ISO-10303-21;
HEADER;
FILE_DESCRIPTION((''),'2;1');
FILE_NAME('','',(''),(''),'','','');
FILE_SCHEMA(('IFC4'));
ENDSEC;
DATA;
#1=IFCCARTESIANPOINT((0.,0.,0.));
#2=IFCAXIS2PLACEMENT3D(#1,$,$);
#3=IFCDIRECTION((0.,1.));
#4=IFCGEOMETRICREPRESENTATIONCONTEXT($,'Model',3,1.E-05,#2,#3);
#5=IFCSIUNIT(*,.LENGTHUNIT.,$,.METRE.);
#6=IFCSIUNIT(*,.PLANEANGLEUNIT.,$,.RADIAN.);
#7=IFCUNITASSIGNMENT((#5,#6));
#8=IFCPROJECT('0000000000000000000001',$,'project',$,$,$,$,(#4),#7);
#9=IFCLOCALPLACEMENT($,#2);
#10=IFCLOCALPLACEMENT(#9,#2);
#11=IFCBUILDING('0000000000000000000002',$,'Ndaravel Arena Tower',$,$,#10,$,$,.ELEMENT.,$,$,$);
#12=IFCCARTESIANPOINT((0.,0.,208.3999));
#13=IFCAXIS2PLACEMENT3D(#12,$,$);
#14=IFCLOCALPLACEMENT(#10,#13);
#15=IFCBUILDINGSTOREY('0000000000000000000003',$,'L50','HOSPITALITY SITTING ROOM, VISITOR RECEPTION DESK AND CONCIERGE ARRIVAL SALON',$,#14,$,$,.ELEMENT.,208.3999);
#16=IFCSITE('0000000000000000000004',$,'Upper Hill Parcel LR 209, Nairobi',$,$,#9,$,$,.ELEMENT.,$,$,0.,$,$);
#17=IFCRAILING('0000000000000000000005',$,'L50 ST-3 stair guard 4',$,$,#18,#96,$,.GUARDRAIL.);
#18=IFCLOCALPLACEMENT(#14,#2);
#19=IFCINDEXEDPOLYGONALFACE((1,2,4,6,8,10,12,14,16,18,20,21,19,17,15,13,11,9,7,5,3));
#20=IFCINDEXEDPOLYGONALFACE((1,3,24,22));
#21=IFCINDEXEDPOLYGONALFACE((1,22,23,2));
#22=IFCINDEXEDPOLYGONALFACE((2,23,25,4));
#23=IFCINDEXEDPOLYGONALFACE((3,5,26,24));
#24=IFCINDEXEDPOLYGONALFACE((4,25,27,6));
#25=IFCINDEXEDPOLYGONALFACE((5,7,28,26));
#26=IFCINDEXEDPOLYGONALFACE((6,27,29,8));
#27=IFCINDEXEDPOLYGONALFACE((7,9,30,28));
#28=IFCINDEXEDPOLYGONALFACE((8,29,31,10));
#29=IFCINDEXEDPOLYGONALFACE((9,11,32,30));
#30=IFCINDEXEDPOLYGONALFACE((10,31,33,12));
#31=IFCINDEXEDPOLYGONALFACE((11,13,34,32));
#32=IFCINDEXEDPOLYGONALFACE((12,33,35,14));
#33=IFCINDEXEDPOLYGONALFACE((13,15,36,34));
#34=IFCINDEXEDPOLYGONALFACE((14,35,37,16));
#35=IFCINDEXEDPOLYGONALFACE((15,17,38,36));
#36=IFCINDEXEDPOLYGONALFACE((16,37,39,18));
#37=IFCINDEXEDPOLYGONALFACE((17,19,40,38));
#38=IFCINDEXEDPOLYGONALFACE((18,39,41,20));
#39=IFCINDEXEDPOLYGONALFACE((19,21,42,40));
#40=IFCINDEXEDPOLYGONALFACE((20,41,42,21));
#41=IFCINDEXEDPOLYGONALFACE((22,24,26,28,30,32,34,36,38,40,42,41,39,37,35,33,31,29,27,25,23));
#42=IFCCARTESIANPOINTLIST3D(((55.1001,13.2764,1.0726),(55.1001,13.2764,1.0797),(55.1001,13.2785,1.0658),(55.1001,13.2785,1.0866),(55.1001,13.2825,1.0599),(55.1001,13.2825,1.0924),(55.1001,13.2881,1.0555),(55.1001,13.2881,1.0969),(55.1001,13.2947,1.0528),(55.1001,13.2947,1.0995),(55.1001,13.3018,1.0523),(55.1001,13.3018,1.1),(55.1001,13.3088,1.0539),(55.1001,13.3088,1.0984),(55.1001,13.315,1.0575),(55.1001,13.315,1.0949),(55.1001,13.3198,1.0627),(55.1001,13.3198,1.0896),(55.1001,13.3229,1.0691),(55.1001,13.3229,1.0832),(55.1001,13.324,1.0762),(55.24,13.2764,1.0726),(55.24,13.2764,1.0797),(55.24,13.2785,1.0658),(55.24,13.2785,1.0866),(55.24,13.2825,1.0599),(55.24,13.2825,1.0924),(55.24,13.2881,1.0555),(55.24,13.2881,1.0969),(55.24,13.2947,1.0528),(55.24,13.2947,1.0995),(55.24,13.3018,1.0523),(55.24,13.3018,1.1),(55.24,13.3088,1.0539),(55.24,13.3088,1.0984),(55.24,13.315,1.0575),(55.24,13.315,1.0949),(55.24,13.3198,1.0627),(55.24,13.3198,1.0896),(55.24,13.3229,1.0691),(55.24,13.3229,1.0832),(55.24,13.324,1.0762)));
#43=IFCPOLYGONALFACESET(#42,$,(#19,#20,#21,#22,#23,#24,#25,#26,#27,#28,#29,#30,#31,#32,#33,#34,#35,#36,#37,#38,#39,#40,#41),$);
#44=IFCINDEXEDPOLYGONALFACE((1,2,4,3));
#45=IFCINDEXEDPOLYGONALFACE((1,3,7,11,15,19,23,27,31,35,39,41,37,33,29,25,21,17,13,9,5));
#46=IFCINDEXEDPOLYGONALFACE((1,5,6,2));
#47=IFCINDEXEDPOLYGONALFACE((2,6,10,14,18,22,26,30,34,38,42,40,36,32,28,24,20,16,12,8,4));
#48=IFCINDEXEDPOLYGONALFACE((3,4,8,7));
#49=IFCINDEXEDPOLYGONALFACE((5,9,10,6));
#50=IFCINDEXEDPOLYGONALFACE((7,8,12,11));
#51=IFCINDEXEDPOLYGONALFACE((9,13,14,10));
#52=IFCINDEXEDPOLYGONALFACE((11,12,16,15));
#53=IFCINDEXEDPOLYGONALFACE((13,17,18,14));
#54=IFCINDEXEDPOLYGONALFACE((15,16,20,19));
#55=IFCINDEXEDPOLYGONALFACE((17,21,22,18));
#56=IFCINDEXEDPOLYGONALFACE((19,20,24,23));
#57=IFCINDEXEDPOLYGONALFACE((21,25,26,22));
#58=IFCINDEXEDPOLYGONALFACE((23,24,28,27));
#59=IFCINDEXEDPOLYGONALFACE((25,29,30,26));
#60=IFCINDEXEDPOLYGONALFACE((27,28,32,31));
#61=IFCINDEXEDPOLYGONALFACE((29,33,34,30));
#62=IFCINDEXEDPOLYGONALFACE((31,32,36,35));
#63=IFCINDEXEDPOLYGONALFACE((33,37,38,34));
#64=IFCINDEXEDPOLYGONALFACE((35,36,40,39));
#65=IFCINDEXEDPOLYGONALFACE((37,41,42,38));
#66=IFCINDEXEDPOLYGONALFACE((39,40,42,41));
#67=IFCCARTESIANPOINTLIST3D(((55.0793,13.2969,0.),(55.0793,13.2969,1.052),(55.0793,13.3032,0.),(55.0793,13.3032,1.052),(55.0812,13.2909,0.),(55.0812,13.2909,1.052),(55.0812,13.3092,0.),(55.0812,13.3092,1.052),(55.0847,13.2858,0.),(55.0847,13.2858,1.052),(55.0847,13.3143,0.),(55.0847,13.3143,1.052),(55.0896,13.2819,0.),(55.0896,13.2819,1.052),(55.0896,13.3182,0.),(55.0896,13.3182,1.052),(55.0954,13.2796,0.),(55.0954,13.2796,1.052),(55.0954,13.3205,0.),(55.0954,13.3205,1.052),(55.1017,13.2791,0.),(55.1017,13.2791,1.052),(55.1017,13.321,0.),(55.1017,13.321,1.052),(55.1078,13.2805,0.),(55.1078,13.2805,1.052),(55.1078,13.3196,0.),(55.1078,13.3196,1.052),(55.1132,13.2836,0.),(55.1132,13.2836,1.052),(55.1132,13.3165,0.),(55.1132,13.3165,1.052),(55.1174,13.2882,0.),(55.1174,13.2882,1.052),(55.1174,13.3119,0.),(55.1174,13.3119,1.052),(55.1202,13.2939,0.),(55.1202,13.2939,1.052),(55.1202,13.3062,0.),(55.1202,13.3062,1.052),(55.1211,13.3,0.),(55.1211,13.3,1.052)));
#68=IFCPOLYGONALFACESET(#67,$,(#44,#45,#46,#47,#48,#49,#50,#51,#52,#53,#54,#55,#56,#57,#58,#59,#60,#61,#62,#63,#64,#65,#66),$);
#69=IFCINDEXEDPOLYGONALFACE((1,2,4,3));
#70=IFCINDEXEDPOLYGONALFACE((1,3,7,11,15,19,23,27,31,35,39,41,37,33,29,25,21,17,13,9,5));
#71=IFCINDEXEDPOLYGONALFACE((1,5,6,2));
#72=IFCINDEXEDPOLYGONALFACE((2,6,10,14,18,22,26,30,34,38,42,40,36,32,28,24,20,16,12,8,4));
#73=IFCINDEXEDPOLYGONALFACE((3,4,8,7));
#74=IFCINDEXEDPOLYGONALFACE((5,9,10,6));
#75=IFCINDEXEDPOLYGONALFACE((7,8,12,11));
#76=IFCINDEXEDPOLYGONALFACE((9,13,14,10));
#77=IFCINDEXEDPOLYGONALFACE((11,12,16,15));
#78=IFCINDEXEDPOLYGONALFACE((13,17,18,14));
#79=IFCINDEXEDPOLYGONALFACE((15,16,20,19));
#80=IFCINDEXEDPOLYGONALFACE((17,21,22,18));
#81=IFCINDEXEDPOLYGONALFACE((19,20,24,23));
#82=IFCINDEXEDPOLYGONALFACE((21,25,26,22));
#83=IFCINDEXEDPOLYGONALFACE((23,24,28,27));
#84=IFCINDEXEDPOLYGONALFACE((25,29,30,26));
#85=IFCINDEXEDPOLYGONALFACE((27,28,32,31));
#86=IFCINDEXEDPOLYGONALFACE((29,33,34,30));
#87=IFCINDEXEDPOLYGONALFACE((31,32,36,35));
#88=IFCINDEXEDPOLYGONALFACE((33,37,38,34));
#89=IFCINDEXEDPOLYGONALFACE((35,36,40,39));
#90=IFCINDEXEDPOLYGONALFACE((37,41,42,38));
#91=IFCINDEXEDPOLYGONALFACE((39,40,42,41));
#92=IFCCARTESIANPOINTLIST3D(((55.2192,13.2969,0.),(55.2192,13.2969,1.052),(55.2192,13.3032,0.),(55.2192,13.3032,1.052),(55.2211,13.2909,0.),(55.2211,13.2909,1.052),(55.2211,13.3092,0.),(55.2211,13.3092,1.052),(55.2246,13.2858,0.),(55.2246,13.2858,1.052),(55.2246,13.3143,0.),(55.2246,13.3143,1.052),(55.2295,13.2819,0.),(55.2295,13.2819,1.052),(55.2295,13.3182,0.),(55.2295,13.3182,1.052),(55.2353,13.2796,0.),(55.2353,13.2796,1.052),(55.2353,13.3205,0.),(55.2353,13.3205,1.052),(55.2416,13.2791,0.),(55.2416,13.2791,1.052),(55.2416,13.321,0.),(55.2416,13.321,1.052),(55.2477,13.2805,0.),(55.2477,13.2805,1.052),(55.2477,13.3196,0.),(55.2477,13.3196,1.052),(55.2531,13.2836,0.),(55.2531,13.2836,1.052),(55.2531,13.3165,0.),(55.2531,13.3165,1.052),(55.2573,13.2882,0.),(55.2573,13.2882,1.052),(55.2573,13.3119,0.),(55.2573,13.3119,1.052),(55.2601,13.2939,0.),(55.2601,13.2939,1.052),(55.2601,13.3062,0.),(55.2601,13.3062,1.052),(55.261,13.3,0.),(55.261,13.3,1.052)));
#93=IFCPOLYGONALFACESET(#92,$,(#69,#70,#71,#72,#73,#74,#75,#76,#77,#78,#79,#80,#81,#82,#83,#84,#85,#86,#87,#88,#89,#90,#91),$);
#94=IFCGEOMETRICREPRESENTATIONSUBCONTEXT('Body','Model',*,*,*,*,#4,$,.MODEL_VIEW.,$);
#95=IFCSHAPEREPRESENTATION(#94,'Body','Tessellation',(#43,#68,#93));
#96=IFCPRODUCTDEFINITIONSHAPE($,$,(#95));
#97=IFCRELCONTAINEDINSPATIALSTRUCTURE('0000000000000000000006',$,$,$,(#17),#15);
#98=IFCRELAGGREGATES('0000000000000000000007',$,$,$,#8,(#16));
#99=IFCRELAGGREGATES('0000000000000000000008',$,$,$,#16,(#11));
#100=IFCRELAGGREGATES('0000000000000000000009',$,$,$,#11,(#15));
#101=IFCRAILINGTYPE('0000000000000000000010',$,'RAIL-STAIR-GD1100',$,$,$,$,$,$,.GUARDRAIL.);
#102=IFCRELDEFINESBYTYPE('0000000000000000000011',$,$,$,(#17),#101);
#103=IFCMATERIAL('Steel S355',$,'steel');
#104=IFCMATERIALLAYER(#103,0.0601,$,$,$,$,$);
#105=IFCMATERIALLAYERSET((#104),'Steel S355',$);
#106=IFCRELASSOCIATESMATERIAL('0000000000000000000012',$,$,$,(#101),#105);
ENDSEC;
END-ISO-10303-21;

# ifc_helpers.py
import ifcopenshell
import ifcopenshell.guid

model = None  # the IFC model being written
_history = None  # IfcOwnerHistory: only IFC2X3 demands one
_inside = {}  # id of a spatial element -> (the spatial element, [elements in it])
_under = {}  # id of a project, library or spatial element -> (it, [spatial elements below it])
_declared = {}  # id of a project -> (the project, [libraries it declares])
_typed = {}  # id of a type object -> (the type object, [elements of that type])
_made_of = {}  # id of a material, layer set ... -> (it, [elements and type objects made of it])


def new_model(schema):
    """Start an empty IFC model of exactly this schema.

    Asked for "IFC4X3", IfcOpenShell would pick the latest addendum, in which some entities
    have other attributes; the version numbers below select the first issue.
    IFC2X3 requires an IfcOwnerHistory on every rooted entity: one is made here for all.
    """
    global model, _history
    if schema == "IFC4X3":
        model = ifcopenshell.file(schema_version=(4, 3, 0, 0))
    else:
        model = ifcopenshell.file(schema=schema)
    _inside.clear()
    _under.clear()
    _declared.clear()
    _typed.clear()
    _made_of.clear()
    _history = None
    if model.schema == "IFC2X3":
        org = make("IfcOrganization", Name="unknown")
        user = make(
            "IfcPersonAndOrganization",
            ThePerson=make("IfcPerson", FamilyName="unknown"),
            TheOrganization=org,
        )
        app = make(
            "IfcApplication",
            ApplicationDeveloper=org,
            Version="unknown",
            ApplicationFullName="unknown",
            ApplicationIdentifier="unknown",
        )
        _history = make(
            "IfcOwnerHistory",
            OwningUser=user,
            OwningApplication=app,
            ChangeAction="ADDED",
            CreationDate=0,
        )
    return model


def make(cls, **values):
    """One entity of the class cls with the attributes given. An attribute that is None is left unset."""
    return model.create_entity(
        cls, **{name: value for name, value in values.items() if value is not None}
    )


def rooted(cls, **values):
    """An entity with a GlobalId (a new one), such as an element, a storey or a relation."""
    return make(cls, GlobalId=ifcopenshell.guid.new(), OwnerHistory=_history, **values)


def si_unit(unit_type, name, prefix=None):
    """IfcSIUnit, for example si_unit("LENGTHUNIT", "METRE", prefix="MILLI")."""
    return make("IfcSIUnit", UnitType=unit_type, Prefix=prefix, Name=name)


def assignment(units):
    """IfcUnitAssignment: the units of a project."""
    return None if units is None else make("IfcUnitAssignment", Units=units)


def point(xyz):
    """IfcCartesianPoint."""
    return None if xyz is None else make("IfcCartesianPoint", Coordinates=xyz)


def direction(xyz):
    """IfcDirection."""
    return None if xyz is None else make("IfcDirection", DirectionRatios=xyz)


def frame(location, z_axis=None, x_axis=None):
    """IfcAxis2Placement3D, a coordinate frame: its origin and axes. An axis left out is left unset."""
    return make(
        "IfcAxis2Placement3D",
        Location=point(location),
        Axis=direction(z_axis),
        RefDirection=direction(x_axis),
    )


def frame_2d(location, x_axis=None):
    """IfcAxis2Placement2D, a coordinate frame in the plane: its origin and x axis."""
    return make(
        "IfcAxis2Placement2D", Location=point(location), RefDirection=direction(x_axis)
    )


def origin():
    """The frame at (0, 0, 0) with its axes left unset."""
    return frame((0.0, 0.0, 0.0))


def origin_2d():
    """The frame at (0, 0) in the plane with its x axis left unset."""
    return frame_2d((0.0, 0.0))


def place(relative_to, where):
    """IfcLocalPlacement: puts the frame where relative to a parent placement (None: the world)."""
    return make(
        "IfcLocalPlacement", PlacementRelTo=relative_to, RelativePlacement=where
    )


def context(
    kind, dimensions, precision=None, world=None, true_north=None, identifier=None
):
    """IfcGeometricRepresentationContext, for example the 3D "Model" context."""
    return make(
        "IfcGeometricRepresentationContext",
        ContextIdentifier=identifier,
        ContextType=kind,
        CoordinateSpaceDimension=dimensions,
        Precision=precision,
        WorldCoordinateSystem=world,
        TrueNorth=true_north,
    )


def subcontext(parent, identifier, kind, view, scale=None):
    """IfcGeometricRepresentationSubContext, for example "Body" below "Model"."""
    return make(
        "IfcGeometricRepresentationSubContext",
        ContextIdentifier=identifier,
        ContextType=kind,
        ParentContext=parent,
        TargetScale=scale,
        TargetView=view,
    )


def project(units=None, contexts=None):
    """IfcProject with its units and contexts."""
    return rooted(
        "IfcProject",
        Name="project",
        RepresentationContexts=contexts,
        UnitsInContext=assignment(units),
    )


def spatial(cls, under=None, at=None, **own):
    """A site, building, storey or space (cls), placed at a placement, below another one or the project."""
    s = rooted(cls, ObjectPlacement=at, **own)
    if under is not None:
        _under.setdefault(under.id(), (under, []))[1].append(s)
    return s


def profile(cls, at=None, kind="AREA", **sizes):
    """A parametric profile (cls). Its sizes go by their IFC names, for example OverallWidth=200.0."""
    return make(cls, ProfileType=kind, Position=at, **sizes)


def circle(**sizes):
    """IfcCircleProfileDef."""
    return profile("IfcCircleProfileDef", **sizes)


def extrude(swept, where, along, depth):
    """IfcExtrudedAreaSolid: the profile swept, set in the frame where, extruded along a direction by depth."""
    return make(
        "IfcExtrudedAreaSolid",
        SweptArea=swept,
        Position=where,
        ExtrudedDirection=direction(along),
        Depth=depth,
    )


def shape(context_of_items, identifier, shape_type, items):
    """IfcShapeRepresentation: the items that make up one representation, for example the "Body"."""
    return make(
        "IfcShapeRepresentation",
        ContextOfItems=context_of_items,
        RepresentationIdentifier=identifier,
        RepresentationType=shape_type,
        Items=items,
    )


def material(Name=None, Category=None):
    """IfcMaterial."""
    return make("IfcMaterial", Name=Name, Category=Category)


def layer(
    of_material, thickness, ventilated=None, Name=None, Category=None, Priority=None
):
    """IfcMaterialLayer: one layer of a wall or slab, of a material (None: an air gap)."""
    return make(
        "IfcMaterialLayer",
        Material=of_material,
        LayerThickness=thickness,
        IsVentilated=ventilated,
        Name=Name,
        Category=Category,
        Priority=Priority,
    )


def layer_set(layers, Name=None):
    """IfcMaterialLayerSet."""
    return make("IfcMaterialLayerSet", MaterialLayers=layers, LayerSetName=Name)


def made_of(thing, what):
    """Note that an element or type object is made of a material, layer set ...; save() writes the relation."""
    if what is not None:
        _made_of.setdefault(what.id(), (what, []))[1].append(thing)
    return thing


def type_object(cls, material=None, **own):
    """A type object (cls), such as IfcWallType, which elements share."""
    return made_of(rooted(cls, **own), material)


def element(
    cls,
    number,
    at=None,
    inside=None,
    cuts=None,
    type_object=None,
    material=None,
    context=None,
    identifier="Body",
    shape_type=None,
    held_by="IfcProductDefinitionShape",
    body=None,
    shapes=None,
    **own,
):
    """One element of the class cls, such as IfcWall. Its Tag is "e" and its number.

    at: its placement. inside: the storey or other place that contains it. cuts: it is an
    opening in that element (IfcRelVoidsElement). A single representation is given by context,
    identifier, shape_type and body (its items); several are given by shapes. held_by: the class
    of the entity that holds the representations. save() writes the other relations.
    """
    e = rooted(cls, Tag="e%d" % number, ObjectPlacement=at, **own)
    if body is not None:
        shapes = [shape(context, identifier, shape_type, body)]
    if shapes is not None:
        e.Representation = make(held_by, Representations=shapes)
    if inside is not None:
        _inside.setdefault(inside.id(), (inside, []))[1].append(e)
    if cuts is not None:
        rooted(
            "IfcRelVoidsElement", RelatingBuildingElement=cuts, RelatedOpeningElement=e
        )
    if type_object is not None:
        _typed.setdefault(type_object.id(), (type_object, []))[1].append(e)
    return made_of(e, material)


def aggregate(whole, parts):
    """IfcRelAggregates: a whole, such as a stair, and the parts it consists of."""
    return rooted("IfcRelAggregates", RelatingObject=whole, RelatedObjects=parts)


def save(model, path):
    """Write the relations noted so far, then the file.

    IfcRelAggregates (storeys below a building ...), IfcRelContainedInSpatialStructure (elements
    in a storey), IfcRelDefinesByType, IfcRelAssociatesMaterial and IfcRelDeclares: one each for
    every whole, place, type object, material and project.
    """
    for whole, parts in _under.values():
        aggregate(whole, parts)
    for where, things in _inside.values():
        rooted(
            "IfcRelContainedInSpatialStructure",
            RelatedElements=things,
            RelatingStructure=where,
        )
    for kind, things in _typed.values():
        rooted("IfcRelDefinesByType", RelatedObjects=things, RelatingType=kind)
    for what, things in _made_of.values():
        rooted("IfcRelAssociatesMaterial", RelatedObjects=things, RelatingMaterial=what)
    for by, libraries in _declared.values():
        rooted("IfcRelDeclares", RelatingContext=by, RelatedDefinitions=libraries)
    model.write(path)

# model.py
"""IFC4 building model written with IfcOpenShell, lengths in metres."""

from ifc_helpers import new_model, si_unit, direction, frame, origin, origin_2d, place, context, subcontext, project, spatial, circle, extrude, material, layer, layer_set, type_object, element, save


model = new_model("IFC4")

# Units and contexts
model_context = context("Model", 3, precision=1e-05, world=origin(), true_north=direction((0.0, 1.0)))
body_context = subcontext(model_context, "Body", "Model", "MODEL_VIEW")
ifc_project = project(units=[si_unit("LENGTHUNIT", "METRE"), si_unit("PLANEANGLEUNIT", "RADIAN")], contexts=[model_context])

# Site, building, storey
site_placement = place(None, origin())
site = spatial("IfcSite", under=ifc_project, at=site_placement, Name="Upper Hill Parcel LR 209, Nairobi", CompositionType="ELEMENT", RefElevation=0.0)
building_placement = place(site_placement, origin())
building = spatial("IfcBuilding", under=site, at=building_placement, Name="Ndaravel Arena Tower", CompositionType="ELEMENT")
storey_placement = place(building_placement, frame((0.0, 0.0, 208.3999)))
storey = spatial("IfcBuildingStorey", under=building, at=storey_placement, Name="L50", Description="HOSPITALITY SITTING ROOM, VISITOR RECEPTION DESK AND CONCIERGE ARRIVAL SALON", CompositionType="ELEMENT", Elevation=208.3999)

# Railing
ifc_material_1 = material(Name="Steel S355", Category="steel")
ifc_layer_1 = layer(ifc_material_1, 0.0601)
ifc_layer_set_1 = layer_set([ifc_layer_1], Name="Steel S355")
railing_type_1 = type_object("IfcRailingType", Name="RAIL-STAIR-GD1100", PredefinedType="GUARDRAIL", material=ifc_layer_set_1)
railing_1_placement = place(storey_placement, frame((55.1001, 13.3, 0.0)))
element("IfcRailing", 1, at=railing_1_placement, inside=storey, type_object=railing_type_1, Name="L50 ST-3 stair guard 4", PredefinedType="GUARDRAIL", context=body_context, shape_type="SweptSolid", body=[
    extrude(circle(Radius=0.0239, at=origin_2d()), frame((0.0, 0.0, 1.0762), z_axis=(1.0, 0.0, 0.0), x_axis=(0.0, 1.0, 0.0)), (0.0, 0.0, 1.0), 0.1399),
    extrude(circle(Radius=0.021, at=origin_2d()), origin(), (0.0, 0.0, 1.0), 1.052),
    extrude(circle(Radius=0.021, at=origin_2d()), frame((0.1399, 0.0, 0.0)), (0.0, 0.0, 1.0), 1.052),
])

save(model, "model.ifc")
